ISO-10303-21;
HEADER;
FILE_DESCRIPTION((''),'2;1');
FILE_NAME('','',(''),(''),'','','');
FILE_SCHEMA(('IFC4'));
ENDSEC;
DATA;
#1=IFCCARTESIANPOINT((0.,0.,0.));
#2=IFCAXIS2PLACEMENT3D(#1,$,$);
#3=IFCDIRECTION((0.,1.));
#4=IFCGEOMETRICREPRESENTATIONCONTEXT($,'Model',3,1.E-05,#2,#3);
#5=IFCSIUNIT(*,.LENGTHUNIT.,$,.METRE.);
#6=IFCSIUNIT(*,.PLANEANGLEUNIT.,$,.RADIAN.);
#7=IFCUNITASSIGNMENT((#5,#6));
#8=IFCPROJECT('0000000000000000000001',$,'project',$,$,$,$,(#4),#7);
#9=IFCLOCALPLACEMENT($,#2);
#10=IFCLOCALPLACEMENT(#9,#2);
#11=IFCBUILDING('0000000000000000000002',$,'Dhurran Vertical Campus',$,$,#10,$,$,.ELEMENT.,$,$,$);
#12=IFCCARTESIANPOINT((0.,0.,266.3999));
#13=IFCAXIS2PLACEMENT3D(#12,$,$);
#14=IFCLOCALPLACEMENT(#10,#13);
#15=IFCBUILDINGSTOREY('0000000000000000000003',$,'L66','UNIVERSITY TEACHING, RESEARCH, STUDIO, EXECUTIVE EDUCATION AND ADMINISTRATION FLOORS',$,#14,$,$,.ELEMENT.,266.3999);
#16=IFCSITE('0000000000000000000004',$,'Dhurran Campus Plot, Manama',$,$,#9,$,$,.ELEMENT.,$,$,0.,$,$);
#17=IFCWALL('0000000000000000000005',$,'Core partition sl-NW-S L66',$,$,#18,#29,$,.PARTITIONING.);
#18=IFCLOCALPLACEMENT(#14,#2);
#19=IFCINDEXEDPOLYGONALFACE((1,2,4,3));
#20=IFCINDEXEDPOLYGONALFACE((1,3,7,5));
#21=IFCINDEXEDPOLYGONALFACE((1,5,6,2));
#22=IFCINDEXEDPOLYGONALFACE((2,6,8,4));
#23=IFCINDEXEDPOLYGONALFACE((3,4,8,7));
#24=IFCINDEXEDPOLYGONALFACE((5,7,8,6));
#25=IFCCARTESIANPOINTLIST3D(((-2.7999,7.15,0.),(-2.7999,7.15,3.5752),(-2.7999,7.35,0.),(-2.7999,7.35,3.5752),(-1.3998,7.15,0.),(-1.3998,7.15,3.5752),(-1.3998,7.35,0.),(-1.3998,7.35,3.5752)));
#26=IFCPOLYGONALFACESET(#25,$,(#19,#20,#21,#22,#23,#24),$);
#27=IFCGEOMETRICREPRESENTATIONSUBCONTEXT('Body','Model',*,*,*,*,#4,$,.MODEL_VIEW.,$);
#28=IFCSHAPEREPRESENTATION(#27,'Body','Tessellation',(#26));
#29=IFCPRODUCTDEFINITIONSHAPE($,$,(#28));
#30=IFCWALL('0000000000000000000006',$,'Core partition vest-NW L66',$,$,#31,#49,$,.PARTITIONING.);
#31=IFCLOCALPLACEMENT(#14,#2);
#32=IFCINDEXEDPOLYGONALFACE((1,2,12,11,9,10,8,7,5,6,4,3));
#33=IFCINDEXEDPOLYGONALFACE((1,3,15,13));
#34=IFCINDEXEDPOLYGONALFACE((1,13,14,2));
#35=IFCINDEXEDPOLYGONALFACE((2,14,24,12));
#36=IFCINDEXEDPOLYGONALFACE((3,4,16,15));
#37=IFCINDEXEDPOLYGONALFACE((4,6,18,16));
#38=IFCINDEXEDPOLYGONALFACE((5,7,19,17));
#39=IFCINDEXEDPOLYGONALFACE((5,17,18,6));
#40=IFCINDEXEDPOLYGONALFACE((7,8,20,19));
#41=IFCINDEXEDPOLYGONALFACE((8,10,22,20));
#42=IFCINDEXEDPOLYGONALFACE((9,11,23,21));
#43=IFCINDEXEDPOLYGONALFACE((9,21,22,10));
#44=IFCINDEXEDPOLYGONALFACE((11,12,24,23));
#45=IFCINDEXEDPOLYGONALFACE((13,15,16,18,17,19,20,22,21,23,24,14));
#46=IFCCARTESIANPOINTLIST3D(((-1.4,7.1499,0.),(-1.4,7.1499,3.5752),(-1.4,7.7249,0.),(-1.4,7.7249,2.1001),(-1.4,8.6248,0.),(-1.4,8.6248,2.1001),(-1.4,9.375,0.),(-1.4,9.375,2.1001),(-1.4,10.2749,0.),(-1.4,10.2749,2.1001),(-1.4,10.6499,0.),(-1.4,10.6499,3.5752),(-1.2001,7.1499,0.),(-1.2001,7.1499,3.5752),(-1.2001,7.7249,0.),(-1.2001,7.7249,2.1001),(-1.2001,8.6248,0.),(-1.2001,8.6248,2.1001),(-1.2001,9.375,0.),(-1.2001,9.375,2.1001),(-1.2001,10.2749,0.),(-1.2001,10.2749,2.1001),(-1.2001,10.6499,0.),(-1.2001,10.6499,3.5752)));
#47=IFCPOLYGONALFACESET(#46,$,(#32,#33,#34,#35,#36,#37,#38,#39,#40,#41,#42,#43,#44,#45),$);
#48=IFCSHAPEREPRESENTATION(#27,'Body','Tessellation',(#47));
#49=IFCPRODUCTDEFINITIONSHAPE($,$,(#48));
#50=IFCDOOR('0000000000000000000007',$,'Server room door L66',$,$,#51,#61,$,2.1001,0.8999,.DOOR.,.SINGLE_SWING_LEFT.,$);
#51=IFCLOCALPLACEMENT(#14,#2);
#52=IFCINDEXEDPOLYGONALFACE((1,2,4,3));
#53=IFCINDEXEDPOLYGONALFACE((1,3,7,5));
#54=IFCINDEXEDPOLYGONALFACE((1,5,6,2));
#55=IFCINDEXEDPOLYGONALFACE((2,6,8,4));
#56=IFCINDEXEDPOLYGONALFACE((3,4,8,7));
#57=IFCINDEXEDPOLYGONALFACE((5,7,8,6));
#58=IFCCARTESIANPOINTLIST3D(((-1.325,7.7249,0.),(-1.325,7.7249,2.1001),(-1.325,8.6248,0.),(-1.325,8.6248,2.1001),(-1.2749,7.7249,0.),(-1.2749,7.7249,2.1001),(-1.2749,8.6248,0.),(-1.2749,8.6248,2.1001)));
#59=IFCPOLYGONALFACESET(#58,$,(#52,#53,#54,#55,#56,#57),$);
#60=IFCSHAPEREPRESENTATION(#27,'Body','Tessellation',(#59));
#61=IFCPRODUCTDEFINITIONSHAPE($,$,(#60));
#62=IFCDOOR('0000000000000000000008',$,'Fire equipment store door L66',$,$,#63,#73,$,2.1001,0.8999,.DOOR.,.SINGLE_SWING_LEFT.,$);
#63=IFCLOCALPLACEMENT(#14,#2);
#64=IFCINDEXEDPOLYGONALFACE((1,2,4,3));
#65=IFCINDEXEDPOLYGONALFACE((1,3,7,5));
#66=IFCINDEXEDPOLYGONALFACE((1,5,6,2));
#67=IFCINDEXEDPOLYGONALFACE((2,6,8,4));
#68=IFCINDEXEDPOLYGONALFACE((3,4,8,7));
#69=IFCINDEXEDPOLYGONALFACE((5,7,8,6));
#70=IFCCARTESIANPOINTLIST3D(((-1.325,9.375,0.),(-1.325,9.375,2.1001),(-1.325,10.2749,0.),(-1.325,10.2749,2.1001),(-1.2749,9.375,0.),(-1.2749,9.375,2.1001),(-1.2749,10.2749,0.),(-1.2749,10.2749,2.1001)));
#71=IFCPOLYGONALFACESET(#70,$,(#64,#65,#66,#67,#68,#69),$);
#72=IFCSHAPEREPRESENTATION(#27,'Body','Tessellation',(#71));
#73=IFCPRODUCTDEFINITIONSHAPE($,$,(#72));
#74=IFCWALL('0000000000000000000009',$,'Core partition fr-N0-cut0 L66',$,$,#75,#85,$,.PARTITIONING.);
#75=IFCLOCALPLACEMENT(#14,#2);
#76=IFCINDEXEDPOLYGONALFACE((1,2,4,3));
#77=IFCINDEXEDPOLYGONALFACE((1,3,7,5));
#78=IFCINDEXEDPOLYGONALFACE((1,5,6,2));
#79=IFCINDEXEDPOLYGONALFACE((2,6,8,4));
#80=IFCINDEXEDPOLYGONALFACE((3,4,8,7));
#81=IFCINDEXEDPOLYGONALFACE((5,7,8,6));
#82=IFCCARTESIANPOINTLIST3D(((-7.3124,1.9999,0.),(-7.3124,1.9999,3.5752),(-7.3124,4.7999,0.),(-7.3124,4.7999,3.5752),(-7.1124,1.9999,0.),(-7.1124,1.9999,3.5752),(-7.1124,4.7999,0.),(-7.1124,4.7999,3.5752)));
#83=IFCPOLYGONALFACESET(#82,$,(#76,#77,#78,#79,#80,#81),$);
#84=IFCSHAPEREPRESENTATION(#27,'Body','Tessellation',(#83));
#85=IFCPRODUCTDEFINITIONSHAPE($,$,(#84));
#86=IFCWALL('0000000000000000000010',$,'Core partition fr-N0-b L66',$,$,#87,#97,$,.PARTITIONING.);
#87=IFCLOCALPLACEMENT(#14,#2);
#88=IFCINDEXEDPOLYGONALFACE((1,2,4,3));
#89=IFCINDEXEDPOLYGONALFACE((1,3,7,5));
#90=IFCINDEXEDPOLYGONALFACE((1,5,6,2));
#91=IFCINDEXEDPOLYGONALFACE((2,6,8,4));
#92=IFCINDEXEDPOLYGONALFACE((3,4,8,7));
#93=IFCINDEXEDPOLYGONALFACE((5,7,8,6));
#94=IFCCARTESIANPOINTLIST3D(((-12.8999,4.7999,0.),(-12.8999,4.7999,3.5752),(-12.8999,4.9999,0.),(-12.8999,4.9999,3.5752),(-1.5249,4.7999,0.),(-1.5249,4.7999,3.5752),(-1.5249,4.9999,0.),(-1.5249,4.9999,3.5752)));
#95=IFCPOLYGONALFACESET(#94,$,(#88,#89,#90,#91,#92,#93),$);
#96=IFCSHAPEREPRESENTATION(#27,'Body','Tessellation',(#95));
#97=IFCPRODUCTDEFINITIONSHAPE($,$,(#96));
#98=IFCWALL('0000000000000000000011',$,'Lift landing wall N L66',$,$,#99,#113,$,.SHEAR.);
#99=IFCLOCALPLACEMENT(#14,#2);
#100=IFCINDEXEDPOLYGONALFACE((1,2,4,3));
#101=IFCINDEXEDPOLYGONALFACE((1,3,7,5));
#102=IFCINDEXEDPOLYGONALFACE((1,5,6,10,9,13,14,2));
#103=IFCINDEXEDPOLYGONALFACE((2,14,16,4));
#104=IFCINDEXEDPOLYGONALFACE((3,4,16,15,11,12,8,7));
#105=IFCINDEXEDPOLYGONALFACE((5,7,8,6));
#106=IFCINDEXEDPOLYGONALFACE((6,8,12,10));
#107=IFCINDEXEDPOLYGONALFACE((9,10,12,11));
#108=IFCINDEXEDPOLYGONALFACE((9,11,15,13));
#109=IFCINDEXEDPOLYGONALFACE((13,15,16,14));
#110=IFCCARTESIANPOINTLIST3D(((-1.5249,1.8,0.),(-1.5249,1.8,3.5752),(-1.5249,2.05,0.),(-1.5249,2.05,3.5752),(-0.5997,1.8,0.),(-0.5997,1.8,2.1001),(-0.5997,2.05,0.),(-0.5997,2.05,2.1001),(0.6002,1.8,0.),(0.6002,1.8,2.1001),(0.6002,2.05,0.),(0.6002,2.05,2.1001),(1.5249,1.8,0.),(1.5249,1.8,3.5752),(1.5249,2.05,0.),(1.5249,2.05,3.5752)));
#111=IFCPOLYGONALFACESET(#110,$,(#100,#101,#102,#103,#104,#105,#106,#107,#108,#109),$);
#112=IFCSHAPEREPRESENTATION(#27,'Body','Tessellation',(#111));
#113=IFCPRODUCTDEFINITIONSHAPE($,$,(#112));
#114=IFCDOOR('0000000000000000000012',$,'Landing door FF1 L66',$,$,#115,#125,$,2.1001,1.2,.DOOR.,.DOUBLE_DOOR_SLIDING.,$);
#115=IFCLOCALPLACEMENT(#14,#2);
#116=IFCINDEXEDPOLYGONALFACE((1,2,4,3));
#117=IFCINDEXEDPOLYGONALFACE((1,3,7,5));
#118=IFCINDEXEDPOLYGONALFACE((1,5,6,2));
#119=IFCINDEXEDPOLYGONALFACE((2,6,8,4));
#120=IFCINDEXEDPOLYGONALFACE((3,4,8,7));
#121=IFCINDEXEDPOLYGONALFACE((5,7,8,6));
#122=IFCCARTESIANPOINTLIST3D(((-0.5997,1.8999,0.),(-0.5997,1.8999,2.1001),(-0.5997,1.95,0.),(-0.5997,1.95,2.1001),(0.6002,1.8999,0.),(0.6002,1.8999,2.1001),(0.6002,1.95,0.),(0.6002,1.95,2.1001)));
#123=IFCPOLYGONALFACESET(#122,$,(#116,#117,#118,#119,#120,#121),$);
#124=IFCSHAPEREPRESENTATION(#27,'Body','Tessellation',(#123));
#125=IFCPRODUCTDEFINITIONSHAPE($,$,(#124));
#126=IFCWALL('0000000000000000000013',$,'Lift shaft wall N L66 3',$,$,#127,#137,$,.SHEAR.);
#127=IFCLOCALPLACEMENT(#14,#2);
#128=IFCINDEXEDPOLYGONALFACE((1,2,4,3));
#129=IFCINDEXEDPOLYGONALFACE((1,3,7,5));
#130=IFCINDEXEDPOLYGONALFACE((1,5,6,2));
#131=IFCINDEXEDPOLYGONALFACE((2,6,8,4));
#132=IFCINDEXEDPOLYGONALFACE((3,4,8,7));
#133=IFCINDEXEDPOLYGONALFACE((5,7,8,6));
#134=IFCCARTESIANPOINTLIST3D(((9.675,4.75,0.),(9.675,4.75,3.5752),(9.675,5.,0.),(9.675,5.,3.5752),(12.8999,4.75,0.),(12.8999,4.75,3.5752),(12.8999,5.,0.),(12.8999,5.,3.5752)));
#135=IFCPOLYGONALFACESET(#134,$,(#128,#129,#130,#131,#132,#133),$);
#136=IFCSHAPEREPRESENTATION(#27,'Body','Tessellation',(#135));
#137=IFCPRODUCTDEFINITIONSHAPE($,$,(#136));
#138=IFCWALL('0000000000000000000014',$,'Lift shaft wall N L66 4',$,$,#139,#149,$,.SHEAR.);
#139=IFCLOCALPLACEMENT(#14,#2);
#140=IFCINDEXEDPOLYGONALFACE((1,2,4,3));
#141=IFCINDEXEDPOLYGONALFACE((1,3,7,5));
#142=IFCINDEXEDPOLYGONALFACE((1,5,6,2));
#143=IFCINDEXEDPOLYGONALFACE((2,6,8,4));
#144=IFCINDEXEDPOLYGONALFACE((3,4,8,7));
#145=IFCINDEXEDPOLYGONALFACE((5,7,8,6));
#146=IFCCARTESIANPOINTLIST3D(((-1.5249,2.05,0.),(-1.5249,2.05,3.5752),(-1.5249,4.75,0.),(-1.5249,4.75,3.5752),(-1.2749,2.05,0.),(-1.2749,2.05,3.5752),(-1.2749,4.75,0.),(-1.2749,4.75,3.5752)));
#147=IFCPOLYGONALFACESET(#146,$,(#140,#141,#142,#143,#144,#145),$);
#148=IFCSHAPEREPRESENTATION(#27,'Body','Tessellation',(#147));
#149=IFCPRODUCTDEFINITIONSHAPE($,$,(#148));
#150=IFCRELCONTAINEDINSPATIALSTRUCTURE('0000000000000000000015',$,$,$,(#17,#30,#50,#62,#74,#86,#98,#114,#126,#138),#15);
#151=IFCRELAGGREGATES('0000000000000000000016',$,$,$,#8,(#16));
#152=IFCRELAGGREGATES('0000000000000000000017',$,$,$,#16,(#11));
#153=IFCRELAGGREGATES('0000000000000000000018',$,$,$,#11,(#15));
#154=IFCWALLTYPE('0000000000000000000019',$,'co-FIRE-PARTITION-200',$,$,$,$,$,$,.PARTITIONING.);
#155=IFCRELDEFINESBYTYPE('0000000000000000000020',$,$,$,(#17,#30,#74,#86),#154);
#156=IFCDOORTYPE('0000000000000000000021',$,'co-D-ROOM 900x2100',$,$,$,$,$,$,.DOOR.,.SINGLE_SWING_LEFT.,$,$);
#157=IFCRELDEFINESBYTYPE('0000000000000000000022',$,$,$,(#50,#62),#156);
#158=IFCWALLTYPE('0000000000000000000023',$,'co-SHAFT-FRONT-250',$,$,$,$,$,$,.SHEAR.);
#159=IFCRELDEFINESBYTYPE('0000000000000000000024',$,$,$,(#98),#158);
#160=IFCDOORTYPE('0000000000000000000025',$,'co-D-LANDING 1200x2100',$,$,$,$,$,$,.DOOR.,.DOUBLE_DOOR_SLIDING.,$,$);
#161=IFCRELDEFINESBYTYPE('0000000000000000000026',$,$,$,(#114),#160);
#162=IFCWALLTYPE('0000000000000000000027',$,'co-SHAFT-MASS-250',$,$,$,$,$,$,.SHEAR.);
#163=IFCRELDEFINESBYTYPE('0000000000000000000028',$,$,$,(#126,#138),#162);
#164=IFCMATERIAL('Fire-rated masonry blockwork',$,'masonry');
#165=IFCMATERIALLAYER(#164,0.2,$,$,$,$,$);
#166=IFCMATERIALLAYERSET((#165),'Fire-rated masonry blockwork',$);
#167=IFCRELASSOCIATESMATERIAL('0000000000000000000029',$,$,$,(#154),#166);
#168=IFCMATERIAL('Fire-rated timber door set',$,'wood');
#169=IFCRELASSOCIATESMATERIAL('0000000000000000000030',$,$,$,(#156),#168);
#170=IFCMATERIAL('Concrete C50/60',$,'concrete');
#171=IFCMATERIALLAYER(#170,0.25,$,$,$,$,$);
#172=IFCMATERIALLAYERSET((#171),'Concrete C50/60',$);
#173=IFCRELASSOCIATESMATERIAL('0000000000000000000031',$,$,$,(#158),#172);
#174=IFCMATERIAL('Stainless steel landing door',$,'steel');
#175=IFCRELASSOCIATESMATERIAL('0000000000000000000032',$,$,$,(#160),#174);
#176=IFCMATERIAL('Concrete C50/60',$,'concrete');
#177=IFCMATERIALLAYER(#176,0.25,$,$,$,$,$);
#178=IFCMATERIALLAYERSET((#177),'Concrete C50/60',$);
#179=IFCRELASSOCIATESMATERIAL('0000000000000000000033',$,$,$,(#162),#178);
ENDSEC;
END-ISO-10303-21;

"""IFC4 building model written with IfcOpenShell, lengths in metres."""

from ifc_helpers import new_model, si_unit, direction, frame, frame_2d, origin, place, context, subcontext, project, spatial, polyline, rectangle, outline, extrude, material, layer, layer_set, type_object, element, fill, save


model = new_model("IFC4")

# Units and contexts
model_context = context("Model", 3, precision=1e-05, world=origin(), true_north=direction((0.0, 1.0)))
body_context = subcontext(model_context, "Body", "Model", "MODEL_VIEW")
ifc_project = project(units=[si_unit("LENGTHUNIT", "METRE"), si_unit("PLANEANGLEUNIT", "RADIAN")], contexts=[model_context])

# Site, building, storey
site_placement = place(None, origin())
site = spatial("IfcSite", under=ifc_project, at=site_placement, Name="Dhurran Campus Plot, Manama", CompositionType="ELEMENT", RefElevation=0.0)
building_placement = place(site_placement, origin())
building = spatial("IfcBuilding", under=site, at=building_placement, Name="Dhurran Vertical Campus", CompositionType="ELEMENT")
storey_placement = place(building_placement, frame((0.0, 0.0, 266.3999)))
storey = spatial("IfcBuildingStorey", under=building, at=storey_placement, Name="L66", Description="UNIVERSITY TEACHING, RESEARCH, STUDIO, EXECUTIVE EDUCATION AND ADMINISTRATION FLOORS", CompositionType="ELEMENT", Elevation=266.3999)

# Wall
ifc_material_1 = material(Name="Fire-rated masonry blockwork", Category="masonry")
ifc_layer_1 = layer(ifc_material_1, 0.2)
ifc_layer_set_1 = layer_set([ifc_layer_1], Name="Fire-rated masonry blockwork")
wall_type_1 = type_object("IfcWallType", Name="co-FIRE-PARTITION-200", PredefinedType="PARTITIONING", material=ifc_layer_set_1)
wall_1_placement = place(storey_placement, frame((-2.8, 7.25, 0.0), z_axis=(0.0, 0.0, 1.0), x_axis=(1.0, 0.0, 0.0)))
element("IfcWall", 1, at=wall_1_placement, inside=storey, type_object=wall_type_1, Name="Core partition sl-NW-S L66", PredefinedType="PARTITIONING", context=body_context, shape_type="SweptSolid", body=[
    extrude(rectangle(XDim=1.4001, YDim=0.2, at=frame_2d((0.7002, 0.0))), origin(), (0.0, 0.0, 1.0), 3.5752),
])

# Wall, openings, doors
wall_2_placement = place(storey_placement, frame((-1.3, 7.1499, 0.0), z_axis=(0.0, 0.0, 1.0), x_axis=(0.0, 1.0, 0.0)))
wall_2 = element("IfcWall", 2, at=wall_2_placement, inside=storey, type_object=wall_type_1, Name="Core partition vest-NW L66", PredefinedType="PARTITIONING", context=body_context, shape_type="SweptSolid", body=[
    extrude(rectangle(XDim=3.5, YDim=0.2, at=frame_2d((1.75, 0.0))), origin(), (0.0, 0.0, 1.0), 3.5752),
])
opening_1_placement = place(wall_2_placement, frame((0.575, 0.0, 0.0)))
opening_1 = element("IfcOpeningElement", 3, at=opening_1_placement, cuts=wall_2, PredefinedType="OPENING", context=body_context, shape_type="SweptSolid", body=[
    extrude(rectangle(XDim=0.8999, YDim=2.1001, at=frame_2d((0.45, 1.05))), frame((0.0, 0.1099, 0.0), z_axis=(0.0, -1.0, 0.0), x_axis=(1.0, 0.0, 0.0)), (0.0, 0.0, 1.0), 0.22),
])
opening_2_placement = place(wall_2_placement, frame((2.2251, 0.0, 0.0)))
opening_2 = element("IfcOpeningElement", 4, at=opening_2_placement, cuts=wall_2, PredefinedType="OPENING", context=body_context, shape_type="SweptSolid", body=[
    extrude(rectangle(XDim=0.8999, YDim=2.1001, at=frame_2d((0.45, 1.05))), frame((0.0, 0.1099, 0.0), z_axis=(0.0, -1.0, 0.0), x_axis=(1.0, 0.0, 0.0)), (0.0, 0.0, 1.0), 0.22),
])
ifc_material_2 = material(Name="Fire-rated timber door set", Category="wood")
door_type_1 = type_object("IfcDoorType", Name="co-D-ROOM 900x2100", OperationType="SINGLE_SWING_LEFT", PredefinedType="DOOR", material=ifc_material_2)
door_1_placement = place(opening_1_placement, origin())
door_1 = element("IfcDoor", 5, at=door_1_placement, inside=storey, type_object=door_type_1, Name="Server room door L66", OperationType="SINGLE_SWING_LEFT", OverallHeight=2.1001, OverallWidth=0.8999, PredefinedType="DOOR", context=body_context, shape_type="SweptSolid", body=[
    extrude(rectangle(XDim=0.8999, YDim=2.1001, at=frame_2d((0.45, 1.05))), frame((0.0, 0.0249, 0.0), z_axis=(0.0, -1.0, 0.0), x_axis=(1.0, 0.0, 0.0)), (0.0, 0.0, 1.0), 0.05),
])
fill(opening_1, door_1)
door_2_placement = place(opening_2_placement, origin())
door_2 = element("IfcDoor", 6, at=door_2_placement, inside=storey, type_object=door_type_1, Name="Fire equipment store door L66", OperationType="SINGLE_SWING_LEFT", OverallHeight=2.1001, OverallWidth=0.8999, PredefinedType="DOOR", context=body_context, shape_type="SweptSolid", body=[
    extrude(rectangle(XDim=0.8999, YDim=2.1001, at=frame_2d((0.45, 1.05))), frame((0.0, 0.0249, 0.0), z_axis=(0.0, -1.0, 0.0), x_axis=(1.0, 0.0, 0.0)), (0.0, 0.0, 1.0), 0.05),
])
fill(opening_2, door_2)

# Walls
wall_3_placement = place(storey_placement, frame((-7.2124, 2.0, 0.0), z_axis=(0.0, 0.0, 1.0), x_axis=(0.0, 1.0, 0.0)))
element("IfcWall", 7, at=wall_3_placement, inside=storey, type_object=wall_type_1, Name="Core partition fr-N0-cut0 L66", PredefinedType="PARTITIONING", context=body_context, shape_type="SweptSolid", body=[
    extrude(rectangle(XDim=2.8, YDim=0.2, at=frame_2d((1.3999, 0.0))), origin(), (0.0, 0.0, 1.0), 3.5752),
])
wall_4_placement = place(storey_placement, frame((-12.8999, 4.8999, 0.0), z_axis=(0.0, 0.0, 1.0), x_axis=(1.0, 0.0, 0.0)))
element("IfcWall", 8, at=wall_4_placement, inside=storey, type_object=wall_type_1, Name="Core partition fr-N0-b L66", PredefinedType="PARTITIONING", context=body_context, shape_type="SweptSolid", body=[
    extrude(rectangle(XDim=11.375, YDim=0.2, at=frame_2d((5.6875, 0.0))), origin(), (0.0, 0.0, 1.0), 3.5752),
])

# Wall, opening, door
ifc_material_3 = material(Name="Concrete C50/60", Category="concrete")
ifc_layer_2 = layer(ifc_material_3, 0.25)
ifc_layer_set_2 = layer_set([ifc_layer_2], Name="Concrete C50/60")
wall_type_2 = type_object("IfcWallType", Name="co-SHAFT-FRONT-250", PredefinedType="SHEAR", material=ifc_layer_set_2)
wall_5_placement = place(storey_placement, frame((-1.5249, 1.925, 0.0), z_axis=(0.0, 0.0, 1.0), x_axis=(1.0, 0.0, 0.0)))
wall_5 = element("IfcWall", 9, at=wall_5_placement, inside=storey, type_object=wall_type_2, Name="Lift landing wall N L66", PredefinedType="SHEAR", context=body_context, shape_type="SweptSolid", body=[
    extrude(rectangle(XDim=3.0498, YDim=0.25, at=frame_2d((1.5249, 0.0))), origin(), (0.0, 0.0, 1.0), 3.5752),
])
opening_3_placement = place(wall_5_placement, frame((0.925, 0.0, 0.0)))
opening_3 = element("IfcOpeningElement", 10, at=opening_3_placement, cuts=wall_5, PredefinedType="OPENING", context=body_context, shape_type="SweptSolid", body=[
    extrude(rectangle(XDim=1.2, YDim=2.1001, at=frame_2d((0.6001, 1.05))), frame((0.0, 0.135, 0.0), z_axis=(0.0, -1.0, 0.0), x_axis=(1.0, 0.0, 0.0)), (0.0, 0.0, 1.0), 0.27),
])
ifc_material_4 = material(Name="Stainless steel landing door", Category="steel")
door_type_2 = type_object("IfcDoorType", Name="co-D-LANDING 1200x2100", OperationType="DOUBLE_DOOR_SLIDING", PredefinedType="DOOR", material=ifc_material_4)
door_3_placement = place(opening_3_placement, origin())
door_3 = element("IfcDoor", 11, at=door_3_placement, inside=storey, type_object=door_type_2, Name="Landing door FF1 L66", OperationType="DOUBLE_DOOR_SLIDING", OverallHeight=2.1001, OverallWidth=1.2, PredefinedType="DOOR", context=body_context, shape_type="SweptSolid", body=[
    extrude(rectangle(XDim=1.2, YDim=2.1001, at=frame_2d((0.6001, 1.05))), frame((0.0, 0.0249, 0.0), z_axis=(0.0, -1.0, 0.0), x_axis=(1.0, 0.0, 0.0)), (0.0, 0.0, 1.0), 0.05),
])
fill(opening_3, door_3)

# Walls
ifc_material_5 = material(Name="Concrete C50/60", Category="concrete")
ifc_layer_3 = layer(ifc_material_5, 0.25)
ifc_layer_set_3 = layer_set([ifc_layer_3], Name="Concrete C50/60")
wall_type_3 = type_object("IfcWallType", Name="co-SHAFT-MASS-250", PredefinedType="SHEAR", material=ifc_layer_set_3)
wall_6_placement = place(storey_placement, origin())
element("IfcWall", 12, at=wall_6_placement, inside=storey, type_object=wall_type_3, Name="Lift shaft wall N L66 3", PredefinedType="SHEAR", context=body_context, shape_type="SweptSolid", body=[
    extrude(outline(polyline([(9.675, 4.75), (12.8999, 4.75), (12.8999, 5.0), (9.675, 5.0), (9.675, 4.75)])), origin(), (0.0, 0.0, 1.0), 3.5752),
])
wall_7_placement = place(storey_placement, origin())
element("IfcWall", 13, at=wall_7_placement, inside=storey, type_object=wall_type_3, Name="Lift shaft wall N L66 4", PredefinedType="SHEAR", context=body_context, shape_type="SweptSolid", body=[
    extrude(outline(polyline([(-1.5249, 2.05), (-1.2749, 2.05), (-1.2749, 4.75), (-1.5249, 4.75), (-1.5249, 2.05)])), origin(), (0.0, 0.0, 1.0), 3.5752),
])

save(model, "model.ifc")
